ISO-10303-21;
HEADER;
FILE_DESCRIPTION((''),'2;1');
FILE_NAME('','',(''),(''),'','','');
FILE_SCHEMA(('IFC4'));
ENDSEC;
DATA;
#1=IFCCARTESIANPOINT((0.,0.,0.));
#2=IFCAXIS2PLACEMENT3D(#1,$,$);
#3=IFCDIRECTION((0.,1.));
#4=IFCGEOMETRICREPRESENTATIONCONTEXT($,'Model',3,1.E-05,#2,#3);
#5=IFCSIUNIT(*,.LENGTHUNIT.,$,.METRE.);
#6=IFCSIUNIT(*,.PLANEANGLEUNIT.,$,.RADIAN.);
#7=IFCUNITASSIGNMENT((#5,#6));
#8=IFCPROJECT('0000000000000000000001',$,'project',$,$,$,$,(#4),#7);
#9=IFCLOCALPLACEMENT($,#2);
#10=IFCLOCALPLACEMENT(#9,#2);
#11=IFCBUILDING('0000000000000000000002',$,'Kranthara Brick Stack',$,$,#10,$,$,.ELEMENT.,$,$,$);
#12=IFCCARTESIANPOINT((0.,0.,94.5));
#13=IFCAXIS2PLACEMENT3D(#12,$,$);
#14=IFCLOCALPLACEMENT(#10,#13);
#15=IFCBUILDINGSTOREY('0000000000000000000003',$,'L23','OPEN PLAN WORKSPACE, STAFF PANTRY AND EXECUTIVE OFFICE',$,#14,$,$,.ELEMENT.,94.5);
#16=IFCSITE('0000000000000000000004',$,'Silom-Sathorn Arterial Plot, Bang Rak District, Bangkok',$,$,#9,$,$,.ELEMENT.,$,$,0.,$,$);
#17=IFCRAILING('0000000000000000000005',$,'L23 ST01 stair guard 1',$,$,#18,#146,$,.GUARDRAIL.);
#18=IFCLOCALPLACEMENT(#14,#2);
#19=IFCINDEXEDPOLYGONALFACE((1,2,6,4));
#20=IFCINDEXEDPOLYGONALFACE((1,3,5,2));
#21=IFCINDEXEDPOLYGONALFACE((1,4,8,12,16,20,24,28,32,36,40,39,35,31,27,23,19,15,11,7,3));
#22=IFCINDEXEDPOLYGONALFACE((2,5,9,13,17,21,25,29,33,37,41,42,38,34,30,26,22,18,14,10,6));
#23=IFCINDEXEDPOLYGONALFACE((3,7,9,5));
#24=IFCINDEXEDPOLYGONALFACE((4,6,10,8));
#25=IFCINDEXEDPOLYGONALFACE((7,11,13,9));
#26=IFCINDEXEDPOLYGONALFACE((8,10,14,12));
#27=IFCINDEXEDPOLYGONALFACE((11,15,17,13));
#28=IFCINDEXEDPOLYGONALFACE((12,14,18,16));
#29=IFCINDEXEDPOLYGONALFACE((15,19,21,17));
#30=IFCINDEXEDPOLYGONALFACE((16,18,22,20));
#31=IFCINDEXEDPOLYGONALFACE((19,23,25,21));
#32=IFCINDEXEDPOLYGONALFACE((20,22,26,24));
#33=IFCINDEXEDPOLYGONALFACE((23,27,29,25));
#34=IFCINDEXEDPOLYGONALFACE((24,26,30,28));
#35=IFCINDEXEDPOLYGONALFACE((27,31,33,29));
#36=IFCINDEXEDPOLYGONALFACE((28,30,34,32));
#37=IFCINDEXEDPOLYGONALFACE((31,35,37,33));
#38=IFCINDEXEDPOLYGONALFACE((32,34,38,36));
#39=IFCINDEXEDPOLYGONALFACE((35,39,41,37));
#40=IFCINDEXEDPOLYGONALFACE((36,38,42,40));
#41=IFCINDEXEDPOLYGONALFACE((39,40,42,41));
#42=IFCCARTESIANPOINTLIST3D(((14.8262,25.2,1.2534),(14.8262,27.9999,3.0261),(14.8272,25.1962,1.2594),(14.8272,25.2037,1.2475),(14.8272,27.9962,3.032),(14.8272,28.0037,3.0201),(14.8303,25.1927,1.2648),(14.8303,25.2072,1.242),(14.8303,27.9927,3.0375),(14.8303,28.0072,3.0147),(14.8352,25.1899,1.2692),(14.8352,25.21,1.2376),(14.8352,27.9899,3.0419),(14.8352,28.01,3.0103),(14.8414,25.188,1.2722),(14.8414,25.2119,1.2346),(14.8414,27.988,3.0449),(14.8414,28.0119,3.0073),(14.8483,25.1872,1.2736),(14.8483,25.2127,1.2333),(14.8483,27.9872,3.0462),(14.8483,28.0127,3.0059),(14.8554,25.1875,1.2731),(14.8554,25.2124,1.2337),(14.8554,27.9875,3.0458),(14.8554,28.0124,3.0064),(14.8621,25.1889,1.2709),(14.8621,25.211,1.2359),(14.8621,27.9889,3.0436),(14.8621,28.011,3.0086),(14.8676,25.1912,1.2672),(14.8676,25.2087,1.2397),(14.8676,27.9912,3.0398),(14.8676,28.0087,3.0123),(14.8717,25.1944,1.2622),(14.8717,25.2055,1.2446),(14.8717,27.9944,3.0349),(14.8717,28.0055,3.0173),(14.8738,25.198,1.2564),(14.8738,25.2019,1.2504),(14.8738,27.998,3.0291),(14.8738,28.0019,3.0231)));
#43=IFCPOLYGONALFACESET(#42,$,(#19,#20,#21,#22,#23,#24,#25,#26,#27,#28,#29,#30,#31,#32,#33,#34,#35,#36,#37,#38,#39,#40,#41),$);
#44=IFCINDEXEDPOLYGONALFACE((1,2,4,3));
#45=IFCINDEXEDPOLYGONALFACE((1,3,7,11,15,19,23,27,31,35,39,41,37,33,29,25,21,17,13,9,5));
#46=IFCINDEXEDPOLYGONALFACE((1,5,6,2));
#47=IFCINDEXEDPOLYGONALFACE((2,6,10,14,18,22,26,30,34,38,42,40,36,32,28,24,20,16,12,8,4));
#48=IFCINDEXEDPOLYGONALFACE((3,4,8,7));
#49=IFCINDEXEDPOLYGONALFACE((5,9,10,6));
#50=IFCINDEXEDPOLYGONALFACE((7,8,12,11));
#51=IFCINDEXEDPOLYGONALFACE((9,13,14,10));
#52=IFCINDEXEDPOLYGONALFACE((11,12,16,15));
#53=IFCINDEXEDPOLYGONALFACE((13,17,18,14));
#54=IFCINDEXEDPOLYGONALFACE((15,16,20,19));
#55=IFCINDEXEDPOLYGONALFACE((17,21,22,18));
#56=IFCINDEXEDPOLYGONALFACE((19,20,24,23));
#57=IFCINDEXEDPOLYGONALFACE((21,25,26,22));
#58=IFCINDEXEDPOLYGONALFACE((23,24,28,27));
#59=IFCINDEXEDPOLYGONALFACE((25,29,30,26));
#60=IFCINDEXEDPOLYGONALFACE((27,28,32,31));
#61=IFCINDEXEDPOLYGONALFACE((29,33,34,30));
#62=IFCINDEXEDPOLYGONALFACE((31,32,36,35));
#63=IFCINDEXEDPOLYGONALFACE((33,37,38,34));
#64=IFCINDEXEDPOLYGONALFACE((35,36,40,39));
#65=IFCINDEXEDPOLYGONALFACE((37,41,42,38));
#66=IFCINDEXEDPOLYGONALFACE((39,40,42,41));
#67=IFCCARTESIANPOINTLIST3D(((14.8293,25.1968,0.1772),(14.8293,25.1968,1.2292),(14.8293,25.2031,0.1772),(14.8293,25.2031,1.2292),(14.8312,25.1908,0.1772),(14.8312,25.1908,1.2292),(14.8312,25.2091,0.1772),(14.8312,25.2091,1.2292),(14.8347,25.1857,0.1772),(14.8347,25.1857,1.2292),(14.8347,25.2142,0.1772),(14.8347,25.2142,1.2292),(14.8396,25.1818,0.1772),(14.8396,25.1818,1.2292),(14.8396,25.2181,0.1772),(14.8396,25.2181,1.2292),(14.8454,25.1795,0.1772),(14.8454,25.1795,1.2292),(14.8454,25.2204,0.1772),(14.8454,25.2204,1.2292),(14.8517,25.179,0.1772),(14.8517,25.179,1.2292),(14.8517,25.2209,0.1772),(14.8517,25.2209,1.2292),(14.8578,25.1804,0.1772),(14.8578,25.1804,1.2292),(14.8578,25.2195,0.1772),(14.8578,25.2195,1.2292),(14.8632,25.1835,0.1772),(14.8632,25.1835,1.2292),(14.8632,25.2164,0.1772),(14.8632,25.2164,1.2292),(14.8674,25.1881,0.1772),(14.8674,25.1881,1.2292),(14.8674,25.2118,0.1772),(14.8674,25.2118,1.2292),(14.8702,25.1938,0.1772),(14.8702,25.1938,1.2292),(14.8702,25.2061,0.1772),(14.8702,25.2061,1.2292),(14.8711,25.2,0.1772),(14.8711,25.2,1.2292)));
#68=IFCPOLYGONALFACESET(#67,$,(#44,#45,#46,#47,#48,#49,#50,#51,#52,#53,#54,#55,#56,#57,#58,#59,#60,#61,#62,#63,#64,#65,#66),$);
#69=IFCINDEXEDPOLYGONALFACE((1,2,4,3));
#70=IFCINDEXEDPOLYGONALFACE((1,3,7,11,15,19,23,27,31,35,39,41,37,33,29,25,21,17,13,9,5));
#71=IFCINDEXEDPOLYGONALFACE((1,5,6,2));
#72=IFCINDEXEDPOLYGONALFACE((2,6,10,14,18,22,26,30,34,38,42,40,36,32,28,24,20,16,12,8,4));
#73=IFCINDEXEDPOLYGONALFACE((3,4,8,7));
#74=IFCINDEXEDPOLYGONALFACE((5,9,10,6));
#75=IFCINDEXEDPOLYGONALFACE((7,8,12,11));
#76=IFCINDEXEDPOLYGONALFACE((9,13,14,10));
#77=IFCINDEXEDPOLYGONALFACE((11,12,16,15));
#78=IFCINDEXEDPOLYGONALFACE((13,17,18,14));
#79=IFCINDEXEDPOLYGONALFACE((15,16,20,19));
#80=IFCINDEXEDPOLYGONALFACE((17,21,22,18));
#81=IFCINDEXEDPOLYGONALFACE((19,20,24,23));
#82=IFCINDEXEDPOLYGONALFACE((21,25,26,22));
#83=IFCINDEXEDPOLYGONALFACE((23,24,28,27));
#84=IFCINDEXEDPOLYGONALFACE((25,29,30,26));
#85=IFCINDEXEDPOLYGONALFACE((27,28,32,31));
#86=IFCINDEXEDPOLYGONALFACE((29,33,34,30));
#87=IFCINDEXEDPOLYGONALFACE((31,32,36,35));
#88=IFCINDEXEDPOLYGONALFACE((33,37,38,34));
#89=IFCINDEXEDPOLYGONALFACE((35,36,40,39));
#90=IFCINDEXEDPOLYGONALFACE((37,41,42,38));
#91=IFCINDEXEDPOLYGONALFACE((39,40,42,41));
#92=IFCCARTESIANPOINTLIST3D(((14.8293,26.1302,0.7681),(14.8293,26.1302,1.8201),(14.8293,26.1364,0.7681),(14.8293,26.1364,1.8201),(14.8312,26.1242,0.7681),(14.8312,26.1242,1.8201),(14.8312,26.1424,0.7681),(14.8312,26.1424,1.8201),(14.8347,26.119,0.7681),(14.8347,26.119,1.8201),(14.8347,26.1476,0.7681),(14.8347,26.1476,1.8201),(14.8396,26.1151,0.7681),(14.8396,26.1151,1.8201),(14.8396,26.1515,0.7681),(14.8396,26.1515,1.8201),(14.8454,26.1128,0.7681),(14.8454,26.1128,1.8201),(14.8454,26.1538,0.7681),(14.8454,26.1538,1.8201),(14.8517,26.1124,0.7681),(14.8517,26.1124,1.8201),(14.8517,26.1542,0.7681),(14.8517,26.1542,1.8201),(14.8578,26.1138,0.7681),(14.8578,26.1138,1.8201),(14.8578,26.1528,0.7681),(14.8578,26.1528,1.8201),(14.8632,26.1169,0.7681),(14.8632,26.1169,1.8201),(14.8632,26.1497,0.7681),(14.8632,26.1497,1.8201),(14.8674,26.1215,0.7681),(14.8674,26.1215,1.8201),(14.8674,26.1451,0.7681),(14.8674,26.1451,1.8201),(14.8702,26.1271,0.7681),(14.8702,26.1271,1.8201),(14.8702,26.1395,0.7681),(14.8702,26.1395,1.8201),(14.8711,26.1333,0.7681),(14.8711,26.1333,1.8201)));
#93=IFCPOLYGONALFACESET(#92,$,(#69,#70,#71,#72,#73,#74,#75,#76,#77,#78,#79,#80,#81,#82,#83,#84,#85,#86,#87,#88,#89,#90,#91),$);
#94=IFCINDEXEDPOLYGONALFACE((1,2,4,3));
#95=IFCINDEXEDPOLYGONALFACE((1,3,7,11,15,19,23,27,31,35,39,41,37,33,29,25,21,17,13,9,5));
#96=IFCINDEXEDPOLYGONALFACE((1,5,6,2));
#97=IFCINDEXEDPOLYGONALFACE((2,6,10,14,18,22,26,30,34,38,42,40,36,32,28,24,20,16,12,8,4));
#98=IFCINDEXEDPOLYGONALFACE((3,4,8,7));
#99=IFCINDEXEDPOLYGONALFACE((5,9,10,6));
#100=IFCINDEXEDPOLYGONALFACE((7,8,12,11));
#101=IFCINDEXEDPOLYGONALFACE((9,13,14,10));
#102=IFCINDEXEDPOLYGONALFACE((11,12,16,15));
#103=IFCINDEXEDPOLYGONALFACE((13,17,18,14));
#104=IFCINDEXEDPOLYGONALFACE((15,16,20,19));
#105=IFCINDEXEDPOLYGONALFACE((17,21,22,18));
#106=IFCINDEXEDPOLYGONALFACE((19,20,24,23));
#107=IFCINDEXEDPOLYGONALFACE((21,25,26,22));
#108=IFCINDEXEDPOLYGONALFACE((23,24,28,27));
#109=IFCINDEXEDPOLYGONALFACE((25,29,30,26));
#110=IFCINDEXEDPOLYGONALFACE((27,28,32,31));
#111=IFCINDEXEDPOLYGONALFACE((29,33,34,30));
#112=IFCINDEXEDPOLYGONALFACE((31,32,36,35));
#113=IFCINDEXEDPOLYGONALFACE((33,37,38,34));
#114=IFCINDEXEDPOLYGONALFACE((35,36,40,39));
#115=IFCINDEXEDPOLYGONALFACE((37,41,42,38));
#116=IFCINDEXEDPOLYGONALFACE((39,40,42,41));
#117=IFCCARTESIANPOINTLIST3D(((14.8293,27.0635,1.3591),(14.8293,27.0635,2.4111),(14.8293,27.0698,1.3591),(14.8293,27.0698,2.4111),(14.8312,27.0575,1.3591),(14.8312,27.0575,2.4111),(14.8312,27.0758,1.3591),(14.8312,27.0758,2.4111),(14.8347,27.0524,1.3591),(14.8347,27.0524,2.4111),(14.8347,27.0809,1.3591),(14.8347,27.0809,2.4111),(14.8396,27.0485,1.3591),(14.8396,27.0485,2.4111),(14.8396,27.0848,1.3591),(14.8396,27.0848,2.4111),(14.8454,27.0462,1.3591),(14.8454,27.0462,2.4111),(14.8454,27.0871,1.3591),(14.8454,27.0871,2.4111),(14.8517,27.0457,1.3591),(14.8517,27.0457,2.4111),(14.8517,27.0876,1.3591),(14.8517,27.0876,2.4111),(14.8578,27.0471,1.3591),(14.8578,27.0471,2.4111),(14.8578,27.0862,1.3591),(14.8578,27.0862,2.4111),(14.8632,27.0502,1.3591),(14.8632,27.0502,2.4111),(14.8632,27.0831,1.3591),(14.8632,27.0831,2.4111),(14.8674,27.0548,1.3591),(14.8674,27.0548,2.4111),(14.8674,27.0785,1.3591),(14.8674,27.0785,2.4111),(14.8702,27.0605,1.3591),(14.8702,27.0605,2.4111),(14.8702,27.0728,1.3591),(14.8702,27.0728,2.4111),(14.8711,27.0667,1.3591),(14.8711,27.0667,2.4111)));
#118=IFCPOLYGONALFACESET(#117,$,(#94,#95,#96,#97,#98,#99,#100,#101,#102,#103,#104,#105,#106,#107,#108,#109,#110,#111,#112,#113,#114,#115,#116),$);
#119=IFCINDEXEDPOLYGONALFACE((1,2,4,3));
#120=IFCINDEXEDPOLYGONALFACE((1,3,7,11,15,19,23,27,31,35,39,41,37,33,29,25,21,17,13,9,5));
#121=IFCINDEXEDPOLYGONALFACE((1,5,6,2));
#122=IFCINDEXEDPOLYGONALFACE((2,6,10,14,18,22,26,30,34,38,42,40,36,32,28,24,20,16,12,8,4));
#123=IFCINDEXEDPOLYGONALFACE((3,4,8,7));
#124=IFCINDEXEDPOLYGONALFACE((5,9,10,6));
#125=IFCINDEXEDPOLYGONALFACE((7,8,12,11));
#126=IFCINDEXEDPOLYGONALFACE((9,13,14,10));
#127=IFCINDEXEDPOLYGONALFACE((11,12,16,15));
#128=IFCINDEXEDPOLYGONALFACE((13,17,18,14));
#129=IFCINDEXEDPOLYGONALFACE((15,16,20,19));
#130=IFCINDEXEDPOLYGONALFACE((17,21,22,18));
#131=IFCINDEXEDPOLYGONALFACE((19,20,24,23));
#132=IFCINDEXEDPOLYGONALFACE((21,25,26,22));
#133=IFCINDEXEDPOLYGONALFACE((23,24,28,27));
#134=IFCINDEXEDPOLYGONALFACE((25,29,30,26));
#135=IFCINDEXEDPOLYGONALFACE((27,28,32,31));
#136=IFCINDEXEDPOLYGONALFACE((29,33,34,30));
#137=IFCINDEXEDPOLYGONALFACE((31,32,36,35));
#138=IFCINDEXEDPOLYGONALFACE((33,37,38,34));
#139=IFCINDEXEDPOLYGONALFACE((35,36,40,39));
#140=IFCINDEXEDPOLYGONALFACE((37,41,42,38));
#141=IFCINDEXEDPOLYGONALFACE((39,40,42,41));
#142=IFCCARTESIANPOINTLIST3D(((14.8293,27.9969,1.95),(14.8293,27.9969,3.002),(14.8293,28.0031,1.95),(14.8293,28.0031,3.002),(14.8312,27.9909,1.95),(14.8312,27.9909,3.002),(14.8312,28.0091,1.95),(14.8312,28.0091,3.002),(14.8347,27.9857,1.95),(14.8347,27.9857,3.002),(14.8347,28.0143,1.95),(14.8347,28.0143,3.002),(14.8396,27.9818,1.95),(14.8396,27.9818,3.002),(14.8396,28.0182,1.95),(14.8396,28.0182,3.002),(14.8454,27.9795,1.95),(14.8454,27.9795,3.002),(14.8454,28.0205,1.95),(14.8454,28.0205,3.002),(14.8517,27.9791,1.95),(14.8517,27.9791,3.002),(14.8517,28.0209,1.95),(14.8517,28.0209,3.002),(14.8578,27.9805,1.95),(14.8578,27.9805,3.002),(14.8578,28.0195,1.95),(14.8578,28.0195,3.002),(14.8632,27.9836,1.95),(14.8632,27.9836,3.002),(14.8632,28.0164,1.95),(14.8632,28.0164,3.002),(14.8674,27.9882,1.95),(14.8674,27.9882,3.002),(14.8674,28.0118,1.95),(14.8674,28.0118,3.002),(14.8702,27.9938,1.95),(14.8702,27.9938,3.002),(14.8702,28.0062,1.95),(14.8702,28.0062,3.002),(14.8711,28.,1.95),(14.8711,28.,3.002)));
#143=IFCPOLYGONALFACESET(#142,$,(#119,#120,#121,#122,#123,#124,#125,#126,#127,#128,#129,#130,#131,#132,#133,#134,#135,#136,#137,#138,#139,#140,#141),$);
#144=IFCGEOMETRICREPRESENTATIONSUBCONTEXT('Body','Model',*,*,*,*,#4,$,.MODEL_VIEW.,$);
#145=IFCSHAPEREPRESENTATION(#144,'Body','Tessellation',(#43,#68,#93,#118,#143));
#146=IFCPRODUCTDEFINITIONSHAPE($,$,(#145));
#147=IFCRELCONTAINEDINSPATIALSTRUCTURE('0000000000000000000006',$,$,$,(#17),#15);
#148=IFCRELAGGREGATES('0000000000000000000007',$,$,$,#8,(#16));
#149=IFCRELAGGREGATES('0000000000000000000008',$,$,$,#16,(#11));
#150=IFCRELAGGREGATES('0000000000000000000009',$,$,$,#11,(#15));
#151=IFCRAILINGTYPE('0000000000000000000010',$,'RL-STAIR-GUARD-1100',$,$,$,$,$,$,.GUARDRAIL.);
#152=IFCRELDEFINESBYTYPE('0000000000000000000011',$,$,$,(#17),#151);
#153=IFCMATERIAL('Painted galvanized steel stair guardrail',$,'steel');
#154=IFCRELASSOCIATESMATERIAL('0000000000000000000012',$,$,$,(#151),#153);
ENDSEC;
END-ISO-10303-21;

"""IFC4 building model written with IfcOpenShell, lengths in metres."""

from ifc_helpers import new_model, si_unit, direction, frame, origin, origin_2d, place, context, subcontext, project, spatial, circle, extrude, material, type_object, element, save


model = new_model("IFC4")

# Units and contexts
model_context = context("Model", 3, precision=1e-05, world=origin(), true_north=direction((0.0, 1.0)))
body_context = subcontext(model_context, "Body", "Model", "MODEL_VIEW")
ifc_project = project(units=[si_unit("LENGTHUNIT", "METRE"), si_unit("PLANEANGLEUNIT", "RADIAN")], contexts=[model_context])

# Site, building, storey
site_placement = place(None, origin())
site = spatial("IfcSite", under=ifc_project, at=site_placement, Name="Silom-Sathorn Arterial Plot, Bang Rak District, Bangkok", CompositionType="ELEMENT", RefElevation=0.0)
building_placement = place(site_placement, origin())
building = spatial("IfcBuilding", under=site, at=building_placement, Name="Kranthara Brick Stack", CompositionType="ELEMENT")
storey_placement = place(building_placement, frame((0.0, 0.0, 94.5)))
storey = spatial("IfcBuildingStorey", under=building, at=storey_placement, Name="L23", Description="OPEN PLAN WORKSPACE, STAFF PANTRY AND EXECUTIVE OFFICE", CompositionType="ELEMENT", Elevation=94.5)

# Railing
ifc_material_1 = material(Name="Painted galvanized steel stair guardrail", Category="steel")
railing_type_1 = type_object("IfcRailingType", Name="RL-STAIR-GUARD-1100", PredefinedType="GUARDRAIL", material=ifc_material_1)
railing_1_placement = place(storey_placement, frame((14.8501, 25.2, 0.1772)))
element("IfcRailing", 1, at=railing_1_placement, inside=storey, type_object=railing_type_1, Name="L23 ST01 stair guard 1", PredefinedType="GUARDRAIL", context=body_context, shape_type="SweptSolid", body=[
    extrude(circle(Radius=0.0239, at=origin_2d()), frame((0.0, 0.0, 1.0762), z_axis=(0.0, 0.844909, 0.53491), x_axis=(-1.0, 0.0, 0.0)), (0.0, 0.0, 1.0), 3.314),
    extrude(circle(Radius=0.021, at=origin_2d()), origin(), (0.0, 0.0, 1.0), 1.052),
    extrude(circle(Radius=0.021, at=origin_2d()), frame((0.0, 0.9333, 0.5908)), (0.0, 0.0, 1.0), 1.052),
    extrude(circle(Radius=0.021, at=origin_2d()), frame((0.0, 1.8667, 1.1819)), (0.0, 0.0, 1.0), 1.052),
    extrude(circle(Radius=0.021, at=origin_2d()), frame((0.0, 2.8, 1.7727)), (0.0, 0.0, 1.0), 1.052),
])

save(model, "model.ifc")
